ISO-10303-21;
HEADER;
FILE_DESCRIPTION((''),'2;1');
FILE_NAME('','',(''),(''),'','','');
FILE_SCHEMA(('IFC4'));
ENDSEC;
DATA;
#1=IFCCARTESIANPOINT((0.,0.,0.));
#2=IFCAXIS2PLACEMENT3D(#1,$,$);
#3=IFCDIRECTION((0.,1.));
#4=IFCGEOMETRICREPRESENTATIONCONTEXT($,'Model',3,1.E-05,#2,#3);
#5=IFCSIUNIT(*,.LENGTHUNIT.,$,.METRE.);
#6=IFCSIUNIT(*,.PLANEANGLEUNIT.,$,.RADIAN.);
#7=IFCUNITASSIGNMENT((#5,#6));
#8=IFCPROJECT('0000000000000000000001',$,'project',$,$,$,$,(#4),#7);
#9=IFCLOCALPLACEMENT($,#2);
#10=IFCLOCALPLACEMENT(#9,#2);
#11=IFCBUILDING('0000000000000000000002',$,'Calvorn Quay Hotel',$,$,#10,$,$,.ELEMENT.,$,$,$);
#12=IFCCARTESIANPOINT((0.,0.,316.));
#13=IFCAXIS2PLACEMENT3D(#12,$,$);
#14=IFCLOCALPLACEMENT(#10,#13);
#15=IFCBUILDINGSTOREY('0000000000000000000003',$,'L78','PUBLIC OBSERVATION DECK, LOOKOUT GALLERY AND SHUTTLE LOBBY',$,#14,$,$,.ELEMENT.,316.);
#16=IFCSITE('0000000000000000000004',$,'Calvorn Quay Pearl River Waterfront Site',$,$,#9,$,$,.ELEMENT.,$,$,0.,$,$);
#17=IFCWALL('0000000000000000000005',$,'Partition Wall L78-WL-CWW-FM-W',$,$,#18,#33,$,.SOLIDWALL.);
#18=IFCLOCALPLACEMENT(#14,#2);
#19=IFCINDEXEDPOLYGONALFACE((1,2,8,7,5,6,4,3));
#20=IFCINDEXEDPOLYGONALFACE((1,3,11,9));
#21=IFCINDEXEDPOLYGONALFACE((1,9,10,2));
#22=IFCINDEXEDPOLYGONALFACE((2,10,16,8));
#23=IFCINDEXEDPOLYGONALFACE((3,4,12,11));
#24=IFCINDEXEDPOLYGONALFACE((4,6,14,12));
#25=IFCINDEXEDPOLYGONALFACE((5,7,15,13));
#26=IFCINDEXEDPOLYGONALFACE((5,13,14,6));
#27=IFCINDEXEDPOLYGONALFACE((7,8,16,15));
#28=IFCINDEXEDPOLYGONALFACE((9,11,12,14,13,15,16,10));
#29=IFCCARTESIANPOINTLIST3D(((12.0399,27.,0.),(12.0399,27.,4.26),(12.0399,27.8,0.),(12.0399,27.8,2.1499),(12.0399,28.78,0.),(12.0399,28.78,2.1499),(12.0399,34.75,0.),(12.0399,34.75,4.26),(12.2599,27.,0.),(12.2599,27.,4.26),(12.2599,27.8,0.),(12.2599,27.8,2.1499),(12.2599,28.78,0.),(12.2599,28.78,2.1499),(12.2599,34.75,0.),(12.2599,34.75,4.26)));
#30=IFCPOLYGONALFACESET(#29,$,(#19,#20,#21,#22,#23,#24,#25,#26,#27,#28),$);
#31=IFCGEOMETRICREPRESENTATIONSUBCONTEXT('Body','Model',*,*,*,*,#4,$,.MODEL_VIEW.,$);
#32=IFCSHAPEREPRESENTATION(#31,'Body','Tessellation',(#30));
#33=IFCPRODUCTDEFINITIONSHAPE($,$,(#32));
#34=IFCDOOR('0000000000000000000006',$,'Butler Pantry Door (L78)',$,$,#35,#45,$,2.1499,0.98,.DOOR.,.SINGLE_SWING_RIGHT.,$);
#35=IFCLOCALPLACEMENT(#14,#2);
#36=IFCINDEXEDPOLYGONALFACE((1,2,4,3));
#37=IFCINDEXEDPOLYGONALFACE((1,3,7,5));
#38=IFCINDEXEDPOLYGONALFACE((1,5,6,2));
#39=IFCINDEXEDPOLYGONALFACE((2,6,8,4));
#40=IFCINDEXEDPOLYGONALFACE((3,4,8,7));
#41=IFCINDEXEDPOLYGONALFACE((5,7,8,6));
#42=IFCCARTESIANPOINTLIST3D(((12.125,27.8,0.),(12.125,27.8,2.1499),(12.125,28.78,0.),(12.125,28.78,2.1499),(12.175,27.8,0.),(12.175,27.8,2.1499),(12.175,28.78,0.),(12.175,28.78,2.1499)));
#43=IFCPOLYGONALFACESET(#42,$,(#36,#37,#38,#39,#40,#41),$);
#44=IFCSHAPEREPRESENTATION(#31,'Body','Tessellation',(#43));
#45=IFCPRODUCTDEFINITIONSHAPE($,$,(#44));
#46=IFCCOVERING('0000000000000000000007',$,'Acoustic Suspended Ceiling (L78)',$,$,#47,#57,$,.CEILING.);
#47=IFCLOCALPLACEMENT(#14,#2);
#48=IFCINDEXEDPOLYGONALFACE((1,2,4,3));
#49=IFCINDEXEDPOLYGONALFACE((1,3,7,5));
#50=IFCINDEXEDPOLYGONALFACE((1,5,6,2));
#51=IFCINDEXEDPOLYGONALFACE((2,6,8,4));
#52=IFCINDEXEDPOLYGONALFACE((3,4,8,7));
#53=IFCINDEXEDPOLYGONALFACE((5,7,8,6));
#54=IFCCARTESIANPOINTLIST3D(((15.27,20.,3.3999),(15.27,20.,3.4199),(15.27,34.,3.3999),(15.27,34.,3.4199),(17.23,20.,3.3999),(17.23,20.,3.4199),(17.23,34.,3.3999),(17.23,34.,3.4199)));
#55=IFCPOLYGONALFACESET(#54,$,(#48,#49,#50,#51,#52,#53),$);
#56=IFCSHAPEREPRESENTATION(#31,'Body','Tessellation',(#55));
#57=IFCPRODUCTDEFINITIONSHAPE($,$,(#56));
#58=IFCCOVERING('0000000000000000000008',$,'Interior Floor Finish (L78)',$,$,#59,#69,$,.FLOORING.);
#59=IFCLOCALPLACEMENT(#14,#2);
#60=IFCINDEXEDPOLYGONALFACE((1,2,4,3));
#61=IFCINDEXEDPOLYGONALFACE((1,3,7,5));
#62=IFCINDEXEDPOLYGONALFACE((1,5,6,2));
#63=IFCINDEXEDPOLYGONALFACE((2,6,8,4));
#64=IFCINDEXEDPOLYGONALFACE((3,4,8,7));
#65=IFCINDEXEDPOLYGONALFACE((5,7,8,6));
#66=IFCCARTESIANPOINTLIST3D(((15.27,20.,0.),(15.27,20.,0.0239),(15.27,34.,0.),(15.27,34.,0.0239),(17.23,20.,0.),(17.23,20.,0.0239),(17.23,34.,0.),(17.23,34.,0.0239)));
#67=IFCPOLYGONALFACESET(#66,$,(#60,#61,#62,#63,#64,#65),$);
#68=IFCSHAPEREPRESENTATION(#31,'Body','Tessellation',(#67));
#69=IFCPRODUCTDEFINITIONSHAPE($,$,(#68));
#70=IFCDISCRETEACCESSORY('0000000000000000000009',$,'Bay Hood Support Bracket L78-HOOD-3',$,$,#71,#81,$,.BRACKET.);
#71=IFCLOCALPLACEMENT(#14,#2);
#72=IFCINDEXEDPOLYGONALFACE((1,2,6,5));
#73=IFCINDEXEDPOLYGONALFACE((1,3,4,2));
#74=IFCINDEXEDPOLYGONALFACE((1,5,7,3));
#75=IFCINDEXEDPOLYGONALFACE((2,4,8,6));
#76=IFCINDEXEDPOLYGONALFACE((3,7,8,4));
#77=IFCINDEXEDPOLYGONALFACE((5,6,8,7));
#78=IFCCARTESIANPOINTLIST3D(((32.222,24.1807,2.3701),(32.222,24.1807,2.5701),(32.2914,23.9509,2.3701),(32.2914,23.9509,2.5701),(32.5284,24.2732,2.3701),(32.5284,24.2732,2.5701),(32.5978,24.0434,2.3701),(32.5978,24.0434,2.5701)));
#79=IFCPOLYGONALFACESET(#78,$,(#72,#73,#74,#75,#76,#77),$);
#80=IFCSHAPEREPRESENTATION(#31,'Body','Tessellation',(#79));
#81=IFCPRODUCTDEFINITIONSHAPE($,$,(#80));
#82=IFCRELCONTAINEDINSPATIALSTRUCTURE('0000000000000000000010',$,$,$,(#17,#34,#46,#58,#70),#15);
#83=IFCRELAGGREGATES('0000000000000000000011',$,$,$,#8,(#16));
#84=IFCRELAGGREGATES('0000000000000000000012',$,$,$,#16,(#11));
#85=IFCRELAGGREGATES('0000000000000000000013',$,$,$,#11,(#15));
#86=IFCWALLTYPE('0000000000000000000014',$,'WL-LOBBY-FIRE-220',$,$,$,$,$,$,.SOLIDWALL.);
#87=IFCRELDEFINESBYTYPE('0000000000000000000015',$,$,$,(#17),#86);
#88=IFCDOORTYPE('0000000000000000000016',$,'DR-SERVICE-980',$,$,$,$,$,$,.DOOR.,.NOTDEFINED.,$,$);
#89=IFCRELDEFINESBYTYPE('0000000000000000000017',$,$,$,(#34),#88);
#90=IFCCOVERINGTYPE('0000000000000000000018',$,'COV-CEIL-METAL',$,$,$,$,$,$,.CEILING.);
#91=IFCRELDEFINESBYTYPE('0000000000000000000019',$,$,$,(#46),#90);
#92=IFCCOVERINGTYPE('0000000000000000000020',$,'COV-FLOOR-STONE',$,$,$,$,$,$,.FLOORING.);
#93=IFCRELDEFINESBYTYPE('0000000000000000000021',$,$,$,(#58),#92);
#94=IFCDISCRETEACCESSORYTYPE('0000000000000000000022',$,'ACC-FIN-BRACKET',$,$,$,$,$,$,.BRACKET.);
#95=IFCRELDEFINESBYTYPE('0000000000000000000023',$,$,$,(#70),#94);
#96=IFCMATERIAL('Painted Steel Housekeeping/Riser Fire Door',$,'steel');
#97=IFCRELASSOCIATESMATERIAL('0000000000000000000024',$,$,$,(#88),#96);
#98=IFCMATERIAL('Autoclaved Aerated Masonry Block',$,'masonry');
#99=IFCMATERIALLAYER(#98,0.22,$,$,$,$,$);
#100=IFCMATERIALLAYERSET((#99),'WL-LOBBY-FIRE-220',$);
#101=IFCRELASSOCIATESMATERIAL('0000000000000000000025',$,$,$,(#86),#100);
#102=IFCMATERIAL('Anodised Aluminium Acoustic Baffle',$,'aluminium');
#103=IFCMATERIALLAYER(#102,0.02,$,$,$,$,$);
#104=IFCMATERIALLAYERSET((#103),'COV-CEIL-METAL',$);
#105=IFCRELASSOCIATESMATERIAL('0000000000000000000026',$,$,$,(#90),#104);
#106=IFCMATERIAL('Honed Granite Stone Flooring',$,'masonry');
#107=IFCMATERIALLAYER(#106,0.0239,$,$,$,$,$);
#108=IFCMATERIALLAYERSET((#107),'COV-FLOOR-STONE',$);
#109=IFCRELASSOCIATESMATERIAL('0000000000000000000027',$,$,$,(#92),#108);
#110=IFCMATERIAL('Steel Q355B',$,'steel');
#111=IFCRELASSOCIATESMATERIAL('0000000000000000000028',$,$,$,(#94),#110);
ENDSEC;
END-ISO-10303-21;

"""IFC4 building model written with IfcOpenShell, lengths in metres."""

from ifc_helpers import new_model, si_unit, direction, frame, frame_2d, origin, origin_2d, place, context, subcontext, project, spatial, rectangle, extrude, material, layer, layer_set, type_object, element, fill, save


model = new_model("IFC4")

# Units and contexts
model_context = context("Model", 3, precision=1e-05, world=origin(), true_north=direction((0.0, 1.0)))
body_context = subcontext(model_context, "Body", "Model", "MODEL_VIEW")
ifc_project = project(units=[si_unit("LENGTHUNIT", "METRE"), si_unit("PLANEANGLEUNIT", "RADIAN")], contexts=[model_context])

# Site, building, storey
site_placement = place(None, origin())
site = spatial("IfcSite", under=ifc_project, at=site_placement, Name="Calvorn Quay Pearl River Waterfront Site", CompositionType="ELEMENT", RefElevation=0.0)
building_placement = place(site_placement, origin())
building = spatial("IfcBuilding", under=site, at=building_placement, Name="Calvorn Quay Hotel", CompositionType="ELEMENT")
storey_placement = place(building_placement, frame((0.0, 0.0, 316.0)))
storey = spatial("IfcBuildingStorey", under=building, at=storey_placement, Name="L78", Description="PUBLIC OBSERVATION DECK, LOOKOUT GALLERY AND SHUTTLE LOBBY", CompositionType="ELEMENT", Elevation=316.0)

# Shared definitions
ifc_material_1 = material(Name="Painted Steel Housekeeping/Riser Fire Door", Category="steel")
door_type = type_object("IfcDoorType", Name="DR-SERVICE-980", OperationType="NOTDEFINED", PredefinedType="DOOR", material=ifc_material_1)
ifc_material_2 = material(Name="Autoclaved Aerated Masonry Block", Category="masonry")
ifc_layer_1 = layer(ifc_material_2, 0.22)
ifc_layer_set_1 = layer_set([ifc_layer_1], Name="WL-LOBBY-FIRE-220")
wall_type_1 = type_object("IfcWallType", Name="WL-LOBBY-FIRE-220", PredefinedType="SOLIDWALL", material=ifc_layer_set_1)

# Wall, opening, door
wall_1_placement = place(storey_placement, frame((12.1499, 27.0, 0.0), z_axis=(0.0, 0.0, 1.0), x_axis=(0.0, 1.0, 0.0)))
wall_1 = element("IfcWall", 1, at=wall_1_placement, inside=storey, type_object=wall_type_1, Name="Partition Wall L78-WL-CWW-FM-W", PredefinedType="SOLIDWALL", context=body_context, shape_type="SweptSolid", body=[
    extrude(rectangle(XDim=7.75, YDim=0.22, at=frame_2d((3.875, 0.0))), origin(), (0.0, 0.0, 1.0), 4.26),
])
opening_1_placement = place(wall_1_placement, frame((0.8, 0.0, 0.0)))
opening_1 = element("IfcOpeningElement", 2, at=opening_1_placement, cuts=wall_1, PredefinedType="OPENING", context=body_context, shape_type="SweptSolid", body=[
    extrude(rectangle(XDim=0.98, YDim=2.1499, at=frame_2d((0.49, 1.075))), frame((0.0, 0.1199, 0.0), z_axis=(0.0, -1.0, 0.0), x_axis=(1.0, 0.0, 0.0)), (0.0, 0.0, 1.0), 0.24),
])
door_1_placement = place(opening_1_placement, origin())
door_1 = element("IfcDoor", 3, at=door_1_placement, inside=storey, type_object=door_type, Name="Butler Pantry Door (L78)", OperationType="SINGLE_SWING_RIGHT", OverallHeight=2.1499, OverallWidth=0.98, PredefinedType="DOOR", context=body_context, shape_type="SweptSolid", body=[
    extrude(rectangle(XDim=0.98, YDim=2.1499, at=frame_2d((0.49, 1.075))), frame((0.0, 0.0249, 0.0), z_axis=(0.0, -1.0, 0.0), x_axis=(1.0, 0.0, 0.0)), (0.0, 0.0, 1.0), 0.05),
])
fill(opening_1, door_1)

# Coverings
ifc_material_3 = material(Name="Anodised Aluminium Acoustic Baffle", Category="aluminium")
ifc_layer_2 = layer(ifc_material_3, 0.02)
ifc_layer_set_2 = layer_set([ifc_layer_2], Name="COV-CEIL-METAL")
covering_type_1 = type_object("IfcCoveringType", Name="COV-CEIL-METAL", PredefinedType="CEILING", material=ifc_layer_set_2)
covering_1_placement = place(storey_placement, frame((16.25, 27.0, 3.3999), z_axis=(0.0, 0.0, 1.0), x_axis=(1.0, 0.0, 0.0)))
element("IfcCovering", 4, at=covering_1_placement, inside=storey, type_object=covering_type_1, Name="Acoustic Suspended Ceiling (L78)", PredefinedType="CEILING", context=body_context, shape_type="SweptSolid", body=[
    extrude(rectangle(XDim=1.96, YDim=14.0, at=origin_2d()), origin(), (0.0, 0.0, 1.0), 0.02),
])
ifc_material_4 = material(Name="Honed Granite Stone Flooring", Category="masonry")
ifc_layer_3 = layer(ifc_material_4, 0.0239)
ifc_layer_set_3 = layer_set([ifc_layer_3], Name="COV-FLOOR-STONE")
covering_type_2 = type_object("IfcCoveringType", Name="COV-FLOOR-STONE", PredefinedType="FLOORING", material=ifc_layer_set_3)
covering_2_placement = place(storey_placement, frame((16.25, 27.0, 0.0), z_axis=(0.0, 0.0, 1.0), x_axis=(1.0, 0.0, 0.0)))
element("IfcCovering", 5, at=covering_2_placement, inside=storey, type_object=covering_type_2, Name="Interior Floor Finish (L78)", PredefinedType="FLOORING", context=body_context, shape_type="SweptSolid", body=[
    extrude(rectangle(XDim=1.96, YDim=14.0, at=origin_2d()), origin(), (0.0, 0.0, 1.0), 0.0239),
])

# Discrete accessory
ifc_material_5 = material(Name="Steel Q355B", Category="steel")
discrete_accessory_type = type_object("IfcDiscreteAccessoryType", Name="ACC-FIN-BRACKET", PredefinedType="BRACKET", material=ifc_material_5)
discrete_accessory_placement = place(storey_placement, frame((32.4099, 24.1121, 2.3701), z_axis=(0.0, 0.0, 1.0), x_axis=(0.957319, 0.289032, 0.0)))
element("IfcDiscreteAccessory", 6, at=discrete_accessory_placement, inside=storey, type_object=discrete_accessory_type, Name="Bay Hood Support Bracket L78-HOOD-3", PredefinedType="BRACKET", context=body_context, shape_type="SweptSolid", body=[
    extrude(rectangle(XDim=0.3201, YDim=0.24, at=origin_2d()), origin(), (0.0, 0.0, 1.0), 0.2),
])

save(model, "model.ifc")
